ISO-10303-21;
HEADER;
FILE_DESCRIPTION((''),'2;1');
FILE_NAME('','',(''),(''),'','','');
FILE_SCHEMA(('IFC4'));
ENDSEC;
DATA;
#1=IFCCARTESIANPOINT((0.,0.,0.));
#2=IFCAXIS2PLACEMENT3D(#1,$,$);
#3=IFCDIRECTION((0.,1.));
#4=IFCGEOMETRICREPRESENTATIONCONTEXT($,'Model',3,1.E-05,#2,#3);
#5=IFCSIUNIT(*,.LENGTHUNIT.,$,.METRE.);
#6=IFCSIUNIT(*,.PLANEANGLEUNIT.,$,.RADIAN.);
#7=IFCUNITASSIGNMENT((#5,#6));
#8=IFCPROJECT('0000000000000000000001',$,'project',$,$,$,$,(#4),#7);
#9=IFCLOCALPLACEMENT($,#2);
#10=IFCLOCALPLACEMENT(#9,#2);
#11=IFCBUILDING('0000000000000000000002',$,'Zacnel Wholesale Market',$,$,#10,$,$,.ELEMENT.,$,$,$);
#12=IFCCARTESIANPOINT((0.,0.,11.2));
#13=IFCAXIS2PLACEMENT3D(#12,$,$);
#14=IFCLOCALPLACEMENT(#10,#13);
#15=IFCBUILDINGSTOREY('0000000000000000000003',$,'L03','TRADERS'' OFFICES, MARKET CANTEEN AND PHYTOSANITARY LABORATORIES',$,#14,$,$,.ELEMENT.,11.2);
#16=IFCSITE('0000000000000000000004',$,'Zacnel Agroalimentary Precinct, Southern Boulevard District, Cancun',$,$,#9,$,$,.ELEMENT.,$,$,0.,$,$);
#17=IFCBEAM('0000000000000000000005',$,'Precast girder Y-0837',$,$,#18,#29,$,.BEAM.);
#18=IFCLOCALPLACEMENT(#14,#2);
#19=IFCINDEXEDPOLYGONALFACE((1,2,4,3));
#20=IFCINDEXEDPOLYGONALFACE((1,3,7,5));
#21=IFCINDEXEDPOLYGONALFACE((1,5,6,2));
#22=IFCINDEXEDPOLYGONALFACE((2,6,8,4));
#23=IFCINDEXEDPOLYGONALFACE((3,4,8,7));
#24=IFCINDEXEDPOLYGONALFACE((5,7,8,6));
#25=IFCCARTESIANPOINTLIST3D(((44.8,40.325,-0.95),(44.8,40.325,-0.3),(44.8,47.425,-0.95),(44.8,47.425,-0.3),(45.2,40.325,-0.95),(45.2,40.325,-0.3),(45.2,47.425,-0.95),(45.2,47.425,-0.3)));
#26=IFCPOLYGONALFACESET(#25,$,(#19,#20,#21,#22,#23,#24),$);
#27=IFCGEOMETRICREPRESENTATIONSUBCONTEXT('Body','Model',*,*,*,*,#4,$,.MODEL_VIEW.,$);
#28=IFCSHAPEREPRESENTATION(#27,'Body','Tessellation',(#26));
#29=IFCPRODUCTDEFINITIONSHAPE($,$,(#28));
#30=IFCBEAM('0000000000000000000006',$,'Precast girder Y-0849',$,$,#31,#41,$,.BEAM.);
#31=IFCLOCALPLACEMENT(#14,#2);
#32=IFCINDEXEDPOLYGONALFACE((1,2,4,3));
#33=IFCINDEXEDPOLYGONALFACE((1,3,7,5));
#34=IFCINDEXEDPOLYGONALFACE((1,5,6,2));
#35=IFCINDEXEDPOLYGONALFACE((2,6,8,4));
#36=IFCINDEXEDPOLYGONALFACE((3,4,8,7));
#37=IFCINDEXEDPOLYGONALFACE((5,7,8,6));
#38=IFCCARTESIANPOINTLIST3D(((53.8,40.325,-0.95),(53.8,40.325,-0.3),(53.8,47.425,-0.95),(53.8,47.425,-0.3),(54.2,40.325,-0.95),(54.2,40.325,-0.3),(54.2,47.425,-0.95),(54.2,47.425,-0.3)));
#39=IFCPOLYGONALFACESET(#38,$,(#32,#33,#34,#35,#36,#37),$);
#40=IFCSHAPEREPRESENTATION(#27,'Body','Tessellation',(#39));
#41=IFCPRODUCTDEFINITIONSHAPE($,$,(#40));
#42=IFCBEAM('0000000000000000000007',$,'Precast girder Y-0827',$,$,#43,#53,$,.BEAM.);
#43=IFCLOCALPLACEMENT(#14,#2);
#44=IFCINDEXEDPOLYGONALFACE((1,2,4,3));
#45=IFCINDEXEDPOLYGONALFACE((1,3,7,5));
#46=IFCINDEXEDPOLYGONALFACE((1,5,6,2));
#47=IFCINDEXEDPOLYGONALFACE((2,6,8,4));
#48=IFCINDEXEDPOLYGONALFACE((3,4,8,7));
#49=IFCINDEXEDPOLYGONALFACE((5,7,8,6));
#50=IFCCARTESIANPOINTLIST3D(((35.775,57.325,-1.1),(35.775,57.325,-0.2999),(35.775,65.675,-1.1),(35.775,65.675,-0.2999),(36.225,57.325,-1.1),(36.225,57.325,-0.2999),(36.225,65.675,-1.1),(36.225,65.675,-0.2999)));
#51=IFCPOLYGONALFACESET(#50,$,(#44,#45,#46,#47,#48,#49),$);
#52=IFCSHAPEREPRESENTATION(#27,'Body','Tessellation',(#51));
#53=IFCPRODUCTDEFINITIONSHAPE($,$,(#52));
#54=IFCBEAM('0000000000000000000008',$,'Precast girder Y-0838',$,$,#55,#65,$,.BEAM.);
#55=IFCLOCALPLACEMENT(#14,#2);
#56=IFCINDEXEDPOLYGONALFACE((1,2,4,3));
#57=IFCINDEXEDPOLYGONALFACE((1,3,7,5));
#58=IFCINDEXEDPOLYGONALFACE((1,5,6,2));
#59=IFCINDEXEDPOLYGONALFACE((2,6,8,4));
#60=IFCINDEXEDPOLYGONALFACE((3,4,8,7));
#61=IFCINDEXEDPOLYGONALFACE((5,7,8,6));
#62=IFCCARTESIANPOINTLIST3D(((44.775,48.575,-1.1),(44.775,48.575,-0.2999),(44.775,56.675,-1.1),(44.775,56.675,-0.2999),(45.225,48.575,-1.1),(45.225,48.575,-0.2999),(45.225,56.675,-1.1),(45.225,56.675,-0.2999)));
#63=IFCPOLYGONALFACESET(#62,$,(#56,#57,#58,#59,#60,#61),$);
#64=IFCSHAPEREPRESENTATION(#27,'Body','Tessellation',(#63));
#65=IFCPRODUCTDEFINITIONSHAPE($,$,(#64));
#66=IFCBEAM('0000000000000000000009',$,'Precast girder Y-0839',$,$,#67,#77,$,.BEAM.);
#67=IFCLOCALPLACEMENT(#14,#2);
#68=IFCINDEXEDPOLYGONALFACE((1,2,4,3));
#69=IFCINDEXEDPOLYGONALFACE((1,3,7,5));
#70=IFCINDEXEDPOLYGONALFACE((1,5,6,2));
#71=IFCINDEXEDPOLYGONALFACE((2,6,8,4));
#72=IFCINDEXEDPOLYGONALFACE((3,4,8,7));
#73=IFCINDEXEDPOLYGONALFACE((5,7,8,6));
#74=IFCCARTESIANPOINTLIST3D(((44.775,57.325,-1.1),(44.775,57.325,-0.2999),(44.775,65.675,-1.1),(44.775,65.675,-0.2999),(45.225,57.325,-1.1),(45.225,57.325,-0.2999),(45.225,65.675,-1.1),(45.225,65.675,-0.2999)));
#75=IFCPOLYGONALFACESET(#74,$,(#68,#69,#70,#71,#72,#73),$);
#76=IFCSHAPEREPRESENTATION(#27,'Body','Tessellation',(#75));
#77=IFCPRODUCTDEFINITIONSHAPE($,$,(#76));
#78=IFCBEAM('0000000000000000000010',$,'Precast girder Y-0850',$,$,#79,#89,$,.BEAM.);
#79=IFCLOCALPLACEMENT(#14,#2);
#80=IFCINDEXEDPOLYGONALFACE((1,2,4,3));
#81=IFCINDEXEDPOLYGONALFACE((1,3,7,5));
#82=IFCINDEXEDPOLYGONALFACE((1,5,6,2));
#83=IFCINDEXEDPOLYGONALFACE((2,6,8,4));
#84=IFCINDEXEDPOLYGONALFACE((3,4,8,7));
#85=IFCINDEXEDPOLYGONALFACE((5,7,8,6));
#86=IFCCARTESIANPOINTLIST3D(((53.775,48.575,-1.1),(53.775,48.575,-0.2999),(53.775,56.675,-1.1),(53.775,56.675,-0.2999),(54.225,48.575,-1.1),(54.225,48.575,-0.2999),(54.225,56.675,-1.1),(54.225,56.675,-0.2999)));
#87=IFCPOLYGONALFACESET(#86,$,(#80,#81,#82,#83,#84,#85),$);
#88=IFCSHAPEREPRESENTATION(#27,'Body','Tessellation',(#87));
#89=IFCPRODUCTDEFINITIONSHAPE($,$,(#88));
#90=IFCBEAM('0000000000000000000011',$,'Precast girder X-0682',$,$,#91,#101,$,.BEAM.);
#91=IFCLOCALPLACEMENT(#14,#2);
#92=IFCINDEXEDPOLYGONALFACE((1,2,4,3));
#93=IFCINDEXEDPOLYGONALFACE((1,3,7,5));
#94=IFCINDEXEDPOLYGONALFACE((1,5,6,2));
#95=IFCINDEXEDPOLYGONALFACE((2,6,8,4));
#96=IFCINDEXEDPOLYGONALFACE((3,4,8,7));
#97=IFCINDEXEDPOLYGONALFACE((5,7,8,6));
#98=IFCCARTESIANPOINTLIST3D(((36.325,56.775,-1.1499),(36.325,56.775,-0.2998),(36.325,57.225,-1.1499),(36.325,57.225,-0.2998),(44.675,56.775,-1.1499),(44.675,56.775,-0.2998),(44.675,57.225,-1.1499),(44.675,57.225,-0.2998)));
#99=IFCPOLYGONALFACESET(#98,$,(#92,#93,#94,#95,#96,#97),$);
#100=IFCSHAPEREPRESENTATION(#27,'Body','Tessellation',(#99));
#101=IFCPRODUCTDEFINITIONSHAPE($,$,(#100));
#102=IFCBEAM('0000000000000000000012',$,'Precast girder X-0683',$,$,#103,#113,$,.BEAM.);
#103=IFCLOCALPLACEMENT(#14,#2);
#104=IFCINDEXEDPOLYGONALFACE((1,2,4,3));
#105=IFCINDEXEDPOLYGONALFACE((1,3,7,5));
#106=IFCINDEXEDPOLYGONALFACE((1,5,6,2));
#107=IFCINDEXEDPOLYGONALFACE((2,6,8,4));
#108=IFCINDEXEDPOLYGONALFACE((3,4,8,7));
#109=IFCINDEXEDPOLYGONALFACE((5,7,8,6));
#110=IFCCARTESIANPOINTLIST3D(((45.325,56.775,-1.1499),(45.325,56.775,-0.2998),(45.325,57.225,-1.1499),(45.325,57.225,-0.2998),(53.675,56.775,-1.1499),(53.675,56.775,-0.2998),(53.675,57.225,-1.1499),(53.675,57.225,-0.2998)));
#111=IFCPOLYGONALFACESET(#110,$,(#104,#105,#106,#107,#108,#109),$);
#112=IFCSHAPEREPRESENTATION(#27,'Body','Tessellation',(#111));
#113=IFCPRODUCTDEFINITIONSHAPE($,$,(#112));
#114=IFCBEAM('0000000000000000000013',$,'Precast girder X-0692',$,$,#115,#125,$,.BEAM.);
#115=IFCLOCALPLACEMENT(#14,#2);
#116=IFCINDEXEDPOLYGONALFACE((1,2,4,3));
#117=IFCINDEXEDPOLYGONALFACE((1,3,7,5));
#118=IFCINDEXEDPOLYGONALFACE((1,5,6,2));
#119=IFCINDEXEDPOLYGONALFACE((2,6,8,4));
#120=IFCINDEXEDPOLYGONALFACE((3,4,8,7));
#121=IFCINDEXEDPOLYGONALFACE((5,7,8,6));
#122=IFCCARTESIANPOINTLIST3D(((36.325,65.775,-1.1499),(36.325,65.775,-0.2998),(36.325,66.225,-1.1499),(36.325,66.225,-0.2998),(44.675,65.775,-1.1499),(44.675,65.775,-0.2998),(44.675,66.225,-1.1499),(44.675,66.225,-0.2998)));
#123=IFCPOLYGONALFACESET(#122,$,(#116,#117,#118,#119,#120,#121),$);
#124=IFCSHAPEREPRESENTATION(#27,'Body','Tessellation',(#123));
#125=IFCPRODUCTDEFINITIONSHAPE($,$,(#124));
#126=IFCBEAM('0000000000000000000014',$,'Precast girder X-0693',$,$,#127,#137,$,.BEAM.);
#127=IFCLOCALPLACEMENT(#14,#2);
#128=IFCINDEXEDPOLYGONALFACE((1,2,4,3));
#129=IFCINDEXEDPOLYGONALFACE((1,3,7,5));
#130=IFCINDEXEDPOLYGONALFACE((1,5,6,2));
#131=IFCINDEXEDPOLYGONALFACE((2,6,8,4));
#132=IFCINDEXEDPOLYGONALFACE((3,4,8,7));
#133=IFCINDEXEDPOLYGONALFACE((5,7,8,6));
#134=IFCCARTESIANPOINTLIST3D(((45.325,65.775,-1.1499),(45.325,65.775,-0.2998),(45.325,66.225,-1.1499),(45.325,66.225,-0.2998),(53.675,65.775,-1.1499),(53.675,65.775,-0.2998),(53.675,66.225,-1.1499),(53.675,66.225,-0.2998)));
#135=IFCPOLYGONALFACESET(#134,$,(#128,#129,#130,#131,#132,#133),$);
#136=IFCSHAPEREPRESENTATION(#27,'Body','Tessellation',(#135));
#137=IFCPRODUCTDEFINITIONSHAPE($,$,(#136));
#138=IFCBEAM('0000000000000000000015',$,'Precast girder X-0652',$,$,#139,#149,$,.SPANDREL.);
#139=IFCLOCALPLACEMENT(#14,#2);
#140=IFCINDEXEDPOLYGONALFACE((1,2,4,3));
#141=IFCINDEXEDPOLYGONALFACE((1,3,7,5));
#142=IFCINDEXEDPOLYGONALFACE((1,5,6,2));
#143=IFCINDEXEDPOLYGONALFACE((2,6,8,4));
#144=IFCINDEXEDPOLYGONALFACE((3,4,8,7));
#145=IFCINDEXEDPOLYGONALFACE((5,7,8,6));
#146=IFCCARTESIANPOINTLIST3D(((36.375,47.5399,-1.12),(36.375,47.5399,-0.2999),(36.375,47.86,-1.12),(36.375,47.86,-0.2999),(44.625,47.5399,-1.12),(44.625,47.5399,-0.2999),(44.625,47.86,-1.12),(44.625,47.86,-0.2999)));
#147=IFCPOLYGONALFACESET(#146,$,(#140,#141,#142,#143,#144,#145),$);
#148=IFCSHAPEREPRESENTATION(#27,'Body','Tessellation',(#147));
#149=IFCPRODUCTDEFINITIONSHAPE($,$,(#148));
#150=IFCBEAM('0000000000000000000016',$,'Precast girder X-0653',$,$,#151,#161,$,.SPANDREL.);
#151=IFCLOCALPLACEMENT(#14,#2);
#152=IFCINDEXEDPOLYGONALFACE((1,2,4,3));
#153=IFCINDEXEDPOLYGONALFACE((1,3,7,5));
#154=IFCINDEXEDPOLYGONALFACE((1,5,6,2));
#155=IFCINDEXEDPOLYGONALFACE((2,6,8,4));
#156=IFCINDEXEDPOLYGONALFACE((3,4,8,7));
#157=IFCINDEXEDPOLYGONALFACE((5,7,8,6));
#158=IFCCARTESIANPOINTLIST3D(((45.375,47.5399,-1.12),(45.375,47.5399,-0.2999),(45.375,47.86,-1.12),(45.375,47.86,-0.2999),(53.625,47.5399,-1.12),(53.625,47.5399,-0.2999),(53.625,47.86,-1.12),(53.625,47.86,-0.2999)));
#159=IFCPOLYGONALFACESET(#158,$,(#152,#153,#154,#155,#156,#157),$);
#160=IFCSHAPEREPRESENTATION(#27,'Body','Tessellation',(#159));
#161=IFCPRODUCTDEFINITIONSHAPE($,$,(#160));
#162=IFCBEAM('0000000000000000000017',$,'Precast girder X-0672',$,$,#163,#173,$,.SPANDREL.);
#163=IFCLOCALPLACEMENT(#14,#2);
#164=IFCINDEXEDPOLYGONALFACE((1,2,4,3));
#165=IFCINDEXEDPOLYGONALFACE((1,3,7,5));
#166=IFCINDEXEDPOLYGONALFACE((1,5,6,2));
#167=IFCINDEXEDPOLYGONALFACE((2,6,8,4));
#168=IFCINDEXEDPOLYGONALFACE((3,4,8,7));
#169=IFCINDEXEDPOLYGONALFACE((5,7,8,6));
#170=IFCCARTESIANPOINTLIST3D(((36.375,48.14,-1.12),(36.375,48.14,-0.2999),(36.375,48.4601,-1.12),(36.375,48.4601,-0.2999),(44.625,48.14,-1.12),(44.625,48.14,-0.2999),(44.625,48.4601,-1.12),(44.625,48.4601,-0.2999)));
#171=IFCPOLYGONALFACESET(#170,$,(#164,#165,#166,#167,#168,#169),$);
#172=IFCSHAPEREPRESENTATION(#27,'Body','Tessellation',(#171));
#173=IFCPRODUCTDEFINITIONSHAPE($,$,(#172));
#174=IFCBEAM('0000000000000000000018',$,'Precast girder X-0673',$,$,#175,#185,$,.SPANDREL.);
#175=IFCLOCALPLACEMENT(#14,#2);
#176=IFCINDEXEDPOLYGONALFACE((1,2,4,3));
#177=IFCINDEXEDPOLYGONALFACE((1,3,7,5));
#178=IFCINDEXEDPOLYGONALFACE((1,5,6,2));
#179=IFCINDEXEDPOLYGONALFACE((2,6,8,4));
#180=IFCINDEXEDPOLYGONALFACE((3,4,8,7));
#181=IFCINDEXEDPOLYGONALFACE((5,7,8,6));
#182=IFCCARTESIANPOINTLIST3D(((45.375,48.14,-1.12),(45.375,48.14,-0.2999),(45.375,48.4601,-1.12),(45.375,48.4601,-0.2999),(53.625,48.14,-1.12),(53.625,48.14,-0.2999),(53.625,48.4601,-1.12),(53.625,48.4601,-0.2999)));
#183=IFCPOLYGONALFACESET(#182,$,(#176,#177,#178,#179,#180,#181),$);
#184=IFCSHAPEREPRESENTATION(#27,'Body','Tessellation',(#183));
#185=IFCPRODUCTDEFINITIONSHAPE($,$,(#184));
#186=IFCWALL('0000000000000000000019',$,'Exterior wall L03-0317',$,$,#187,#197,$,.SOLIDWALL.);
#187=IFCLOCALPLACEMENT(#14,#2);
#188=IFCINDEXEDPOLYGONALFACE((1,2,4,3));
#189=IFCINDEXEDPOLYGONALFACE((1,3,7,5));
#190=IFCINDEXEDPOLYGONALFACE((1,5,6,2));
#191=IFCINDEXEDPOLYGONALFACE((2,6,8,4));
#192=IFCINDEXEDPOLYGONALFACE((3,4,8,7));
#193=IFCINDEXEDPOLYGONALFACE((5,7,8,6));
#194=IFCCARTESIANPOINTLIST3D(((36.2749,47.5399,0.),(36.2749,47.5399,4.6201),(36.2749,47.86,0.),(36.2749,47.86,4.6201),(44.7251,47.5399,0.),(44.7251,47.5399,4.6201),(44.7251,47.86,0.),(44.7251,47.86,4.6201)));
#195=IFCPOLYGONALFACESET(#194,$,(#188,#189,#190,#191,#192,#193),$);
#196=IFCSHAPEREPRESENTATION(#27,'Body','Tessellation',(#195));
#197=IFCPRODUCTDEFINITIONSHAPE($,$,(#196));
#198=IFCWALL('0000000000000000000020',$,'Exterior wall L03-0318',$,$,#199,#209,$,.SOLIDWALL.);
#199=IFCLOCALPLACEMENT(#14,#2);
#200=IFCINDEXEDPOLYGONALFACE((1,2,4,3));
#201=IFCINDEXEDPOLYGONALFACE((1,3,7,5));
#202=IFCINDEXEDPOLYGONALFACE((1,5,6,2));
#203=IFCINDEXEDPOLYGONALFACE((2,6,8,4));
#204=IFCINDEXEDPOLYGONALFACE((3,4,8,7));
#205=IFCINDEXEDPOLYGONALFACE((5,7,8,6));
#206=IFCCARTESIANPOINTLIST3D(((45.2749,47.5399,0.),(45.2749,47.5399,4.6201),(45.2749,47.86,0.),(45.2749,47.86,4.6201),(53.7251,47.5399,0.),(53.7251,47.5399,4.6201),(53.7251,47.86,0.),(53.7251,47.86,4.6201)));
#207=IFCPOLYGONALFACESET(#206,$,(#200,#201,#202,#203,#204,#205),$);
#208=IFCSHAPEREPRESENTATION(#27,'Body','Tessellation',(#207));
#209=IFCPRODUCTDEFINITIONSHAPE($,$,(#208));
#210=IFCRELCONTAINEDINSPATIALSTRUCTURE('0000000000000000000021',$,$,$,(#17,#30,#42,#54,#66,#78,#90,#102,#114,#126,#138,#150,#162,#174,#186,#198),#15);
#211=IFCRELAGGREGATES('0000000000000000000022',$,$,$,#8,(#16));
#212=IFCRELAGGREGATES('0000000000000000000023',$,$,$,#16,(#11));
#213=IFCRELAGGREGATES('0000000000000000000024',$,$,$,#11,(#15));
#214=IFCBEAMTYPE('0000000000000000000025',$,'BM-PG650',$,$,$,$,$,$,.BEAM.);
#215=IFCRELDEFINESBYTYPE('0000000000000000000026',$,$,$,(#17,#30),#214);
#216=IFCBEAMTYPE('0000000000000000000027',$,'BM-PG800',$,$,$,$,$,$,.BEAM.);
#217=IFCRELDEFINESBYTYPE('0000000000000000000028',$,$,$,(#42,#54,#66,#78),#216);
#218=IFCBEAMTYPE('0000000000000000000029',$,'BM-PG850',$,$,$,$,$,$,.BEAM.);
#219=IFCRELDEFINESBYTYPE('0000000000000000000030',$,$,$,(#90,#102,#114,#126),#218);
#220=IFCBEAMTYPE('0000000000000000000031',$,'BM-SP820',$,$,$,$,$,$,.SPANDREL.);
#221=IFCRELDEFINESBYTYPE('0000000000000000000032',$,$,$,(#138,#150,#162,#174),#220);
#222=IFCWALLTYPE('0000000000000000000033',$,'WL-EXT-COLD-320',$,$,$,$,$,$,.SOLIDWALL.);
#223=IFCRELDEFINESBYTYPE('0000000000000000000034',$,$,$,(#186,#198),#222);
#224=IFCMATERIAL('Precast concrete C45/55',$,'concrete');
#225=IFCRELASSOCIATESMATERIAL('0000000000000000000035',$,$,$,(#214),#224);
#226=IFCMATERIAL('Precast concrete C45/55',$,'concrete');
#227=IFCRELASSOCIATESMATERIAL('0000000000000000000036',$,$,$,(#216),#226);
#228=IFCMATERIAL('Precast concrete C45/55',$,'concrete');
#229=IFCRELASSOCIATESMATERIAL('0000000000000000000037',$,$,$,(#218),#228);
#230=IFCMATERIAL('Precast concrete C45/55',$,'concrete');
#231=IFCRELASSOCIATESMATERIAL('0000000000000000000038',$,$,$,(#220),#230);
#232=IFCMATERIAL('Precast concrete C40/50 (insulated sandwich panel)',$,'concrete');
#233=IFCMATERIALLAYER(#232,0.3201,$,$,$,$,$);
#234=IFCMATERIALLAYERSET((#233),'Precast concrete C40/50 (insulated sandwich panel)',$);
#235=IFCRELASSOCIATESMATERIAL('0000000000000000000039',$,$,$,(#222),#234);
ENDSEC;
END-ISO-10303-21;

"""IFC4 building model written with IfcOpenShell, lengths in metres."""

from ifc_helpers import new_model, si_unit, direction, frame, frame_2d, origin, origin_2d, place, context, subcontext, project, spatial, rectangle, extrude, material, layer, layer_set, material_profile, profile_set, type_object, element, save


model = new_model("IFC4")

# Units and contexts
model_context = context("Model", 3, precision=1e-05, world=origin(), true_north=direction((0.0, 1.0)))
body_context = subcontext(model_context, "Body", "Model", "MODEL_VIEW")
ifc_project = project(units=[si_unit("LENGTHUNIT", "METRE"), si_unit("PLANEANGLEUNIT", "RADIAN")], contexts=[model_context])

# Site, building, storey
site_placement = place(None, origin())
site = spatial("IfcSite", under=ifc_project, at=site_placement, Name="Zacnel Agroalimentary Precinct, Southern Boulevard District, Cancun", CompositionType="ELEMENT", RefElevation=0.0)
building_placement = place(site_placement, origin())
building = spatial("IfcBuilding", under=site, at=building_placement, Name="Zacnel Wholesale Market", CompositionType="ELEMENT")
storey_placement = place(building_placement, frame((0.0, 0.0, 11.2)))
storey = spatial("IfcBuildingStorey", under=building, at=storey_placement, Name="L03", Description="TRADERS' OFFICES, MARKET CANTEEN AND PHYTOSANITARY LABORATORIES", CompositionType="ELEMENT", Elevation=11.2)

# Beams
ifc_material_1 = material(Name="Precast concrete C45/55", Category="concrete")
ifc_material_profile_1 = material_profile(ifc_material_1, rectangle(XDim=0.3999, YDim=0.6499, at=origin_2d()), Name="PG 400x650")
ifc_profile_set_1 = profile_set([ifc_material_profile_1], Name="Precast concrete C45/55")
beam_type_1 = type_object("IfcBeamType", Name="BM-PG650", PredefinedType="BEAM", material=ifc_profile_set_1)
for number, where, z_axis, x_axis, name in (
    (1, (45.0, 40.325, -0.625), (0.0, 1.0, 0.0), (-1.0, 0.0, 0.0), "Precast girder Y-0837"),
    (2, (54.0, 40.325, -0.625), (0.0, 1.0, 0.0), (-1.0, 0.0, 0.0), "Precast girder Y-0849"),
):
    element("IfcBeam", number, at=place(storey_placement, frame(where, z_axis=z_axis, x_axis=x_axis)), inside=storey, type_object=beam_type_1, Name=name, PredefinedType="BEAM", context=body_context, shape_type="SweptSolid", body=[
        extrude(rectangle(XDim=0.3999, YDim=0.6499, at=origin_2d()), origin(), (0.0, 0.0, 1.0), 7.1001),
    ])
ifc_material_2 = material(Name="Precast concrete C45/55", Category="concrete")
ifc_material_profile_2 = material_profile(ifc_material_2, rectangle(XDim=0.45, YDim=0.8, at=origin_2d()), Name="PG 450x800")
ifc_profile_set_2 = profile_set([ifc_material_profile_2], Name="Precast concrete C45/55")
beam_type_2 = type_object("IfcBeamType", Name="BM-PG800", PredefinedType="BEAM", material=ifc_profile_set_2)
beam_1_placement = place(storey_placement, frame((36.0, 57.325, -0.7), z_axis=(0.0, 1.0, 0.0), x_axis=(-1.0, 0.0, 0.0)))
element("IfcBeam", 3, at=beam_1_placement, inside=storey, type_object=beam_type_2, Name="Precast girder Y-0827", PredefinedType="BEAM", context=body_context, shape_type="SweptSolid", body=[
    extrude(rectangle(XDim=0.45, YDim=0.8, at=origin_2d()), origin(), (0.0, 0.0, 1.0), 8.3501),
])
beam_2_placement = place(storey_placement, frame((45.0, 48.575, -0.7), z_axis=(0.0, 1.0, 0.0), x_axis=(-1.0, 0.0, 0.0)))
element("IfcBeam", 4, at=beam_2_placement, inside=storey, type_object=beam_type_2, Name="Precast girder Y-0838", PredefinedType="BEAM", context=body_context, shape_type="SweptSolid", body=[
    extrude(rectangle(XDim=0.45, YDim=0.8, at=origin_2d()), origin(), (0.0, 0.0, 1.0), 8.1001),
])
beam_3_placement = place(storey_placement, frame((45.0, 57.325, -0.7), z_axis=(0.0, 1.0, 0.0), x_axis=(-1.0, 0.0, 0.0)))
element("IfcBeam", 5, at=beam_3_placement, inside=storey, type_object=beam_type_2, Name="Precast girder Y-0839", PredefinedType="BEAM", context=body_context, shape_type="SweptSolid", body=[
    extrude(rectangle(XDim=0.45, YDim=0.8, at=origin_2d()), origin(), (0.0, 0.0, 1.0), 8.3501),
])
beam_4_placement = place(storey_placement, frame((54.0, 48.575, -0.7), z_axis=(0.0, 1.0, 0.0), x_axis=(-1.0, 0.0, 0.0)))
element("IfcBeam", 6, at=beam_4_placement, inside=storey, type_object=beam_type_2, Name="Precast girder Y-0850", PredefinedType="BEAM", context=body_context, shape_type="SweptSolid", body=[
    extrude(rectangle(XDim=0.45, YDim=0.8, at=origin_2d()), origin(), (0.0, 0.0, 1.0), 8.1001),
])
ifc_material_3 = material(Name="Precast concrete C45/55", Category="concrete")
ifc_material_profile_3 = material_profile(ifc_material_3, rectangle(XDim=0.45, YDim=0.8501, at=origin_2d()), Name="PG 450x850")
ifc_profile_set_3 = profile_set([ifc_material_profile_3], Name="Precast concrete C45/55")
beam_type_3 = type_object("IfcBeamType", Name="BM-PG850", PredefinedType="BEAM", material=ifc_profile_set_3)
for number, where, z_axis, x_axis, name in (
    (7, (36.325, 57.0, -0.7249), (1.0, 0.0, 0.0), (0.0, 1.0, 0.0), "Precast girder X-0682"),
    (8, (45.325, 57.0, -0.7249), (1.0, 0.0, 0.0), (0.0, 1.0, 0.0), "Precast girder X-0683"),
    (9, (36.325, 66.0, -0.7249), (1.0, 0.0, 0.0), (0.0, 1.0, 0.0), "Precast girder X-0692"),
    (10, (45.325, 66.0, -0.7249), (1.0, 0.0, 0.0), (0.0, 1.0, 0.0), "Precast girder X-0693"),
):
    element("IfcBeam", number, at=place(storey_placement, frame(where, z_axis=z_axis, x_axis=x_axis)), inside=storey, type_object=beam_type_3, Name=name, PredefinedType="BEAM", context=body_context, shape_type="SweptSolid", body=[
        extrude(rectangle(XDim=0.45, YDim=0.8501, at=origin_2d()), origin(), (0.0, 0.0, 1.0), 8.3501),
    ])
ifc_material_4 = material(Name="Precast concrete C45/55", Category="concrete")
ifc_material_profile_4 = material_profile(ifc_material_4, rectangle(XDim=0.3201, YDim=0.8201, at=origin_2d()), Name="SP 320x820")
ifc_profile_set_4 = profile_set([ifc_material_profile_4], Name="Precast concrete C45/55")
beam_type_4 = type_object("IfcBeamType", Name="BM-SP820", PredefinedType="SPANDREL", material=ifc_profile_set_4)
for number, where, z_axis, x_axis, name in (
    (11, (36.375, 47.7, -0.71), (1.0, 0.0, 0.0), (0.0, 1.0, 0.0), "Precast girder X-0652"),
    (12, (45.375, 47.7, -0.71), (1.0, 0.0, 0.0), (0.0, 1.0, 0.0), "Precast girder X-0653"),
    (13, (36.375, 48.3, -0.71), (1.0, 0.0, 0.0), (0.0, 1.0, 0.0), "Precast girder X-0672"),
    (14, (45.375, 48.3, -0.71), (1.0, 0.0, 0.0), (0.0, 1.0, 0.0), "Precast girder X-0673"),
):
    element("IfcBeam", number, at=place(storey_placement, frame(where, z_axis=z_axis, x_axis=x_axis)), inside=storey, type_object=beam_type_4, Name=name, PredefinedType="SPANDREL", context=body_context, shape_type="SweptSolid", body=[
        extrude(rectangle(XDim=0.3201, YDim=0.8201, at=origin_2d()), origin(), (0.0, 0.0, 1.0), 8.25),
    ])

# Walls
ifc_material_5 = material(Name="Precast concrete C40/50 (insulated sandwich panel)", Category="concrete")
ifc_layer_1 = layer(ifc_material_5, 0.3201)
ifc_layer_set_1 = layer_set([ifc_layer_1], Name="Precast concrete C40/50 (insulated sandwich panel)")
wall_type_1 = type_object("IfcWallType", Name="WL-EXT-COLD-320", PredefinedType="SOLIDWALL", material=ifc_layer_set_1)
for number, where, z_axis, x_axis, name in (
    (15, (36.2749, 47.7, 0.0), (0.0, 0.0, 1.0), (1.0, 0.0, 0.0), "Exterior wall L03-0317"),
    (16, (45.2749, 47.7, 0.0), (0.0, 0.0, 1.0), (1.0, 0.0, 0.0), "Exterior wall L03-0318"),
):
    element("IfcWall", number, at=place(storey_placement, frame(where, z_axis=z_axis, x_axis=x_axis)), inside=storey, type_object=wall_type_1, Name=name, PredefinedType="SOLIDWALL", context=body_context, shape_type="SweptSolid", body=[
        extrude(rectangle(XDim=8.4502, YDim=0.3201, at=frame_2d((4.2251, 0.0))), origin(), (0.0, 0.0, 1.0), 4.6201),
    ])

save(model, "model.ifc")
